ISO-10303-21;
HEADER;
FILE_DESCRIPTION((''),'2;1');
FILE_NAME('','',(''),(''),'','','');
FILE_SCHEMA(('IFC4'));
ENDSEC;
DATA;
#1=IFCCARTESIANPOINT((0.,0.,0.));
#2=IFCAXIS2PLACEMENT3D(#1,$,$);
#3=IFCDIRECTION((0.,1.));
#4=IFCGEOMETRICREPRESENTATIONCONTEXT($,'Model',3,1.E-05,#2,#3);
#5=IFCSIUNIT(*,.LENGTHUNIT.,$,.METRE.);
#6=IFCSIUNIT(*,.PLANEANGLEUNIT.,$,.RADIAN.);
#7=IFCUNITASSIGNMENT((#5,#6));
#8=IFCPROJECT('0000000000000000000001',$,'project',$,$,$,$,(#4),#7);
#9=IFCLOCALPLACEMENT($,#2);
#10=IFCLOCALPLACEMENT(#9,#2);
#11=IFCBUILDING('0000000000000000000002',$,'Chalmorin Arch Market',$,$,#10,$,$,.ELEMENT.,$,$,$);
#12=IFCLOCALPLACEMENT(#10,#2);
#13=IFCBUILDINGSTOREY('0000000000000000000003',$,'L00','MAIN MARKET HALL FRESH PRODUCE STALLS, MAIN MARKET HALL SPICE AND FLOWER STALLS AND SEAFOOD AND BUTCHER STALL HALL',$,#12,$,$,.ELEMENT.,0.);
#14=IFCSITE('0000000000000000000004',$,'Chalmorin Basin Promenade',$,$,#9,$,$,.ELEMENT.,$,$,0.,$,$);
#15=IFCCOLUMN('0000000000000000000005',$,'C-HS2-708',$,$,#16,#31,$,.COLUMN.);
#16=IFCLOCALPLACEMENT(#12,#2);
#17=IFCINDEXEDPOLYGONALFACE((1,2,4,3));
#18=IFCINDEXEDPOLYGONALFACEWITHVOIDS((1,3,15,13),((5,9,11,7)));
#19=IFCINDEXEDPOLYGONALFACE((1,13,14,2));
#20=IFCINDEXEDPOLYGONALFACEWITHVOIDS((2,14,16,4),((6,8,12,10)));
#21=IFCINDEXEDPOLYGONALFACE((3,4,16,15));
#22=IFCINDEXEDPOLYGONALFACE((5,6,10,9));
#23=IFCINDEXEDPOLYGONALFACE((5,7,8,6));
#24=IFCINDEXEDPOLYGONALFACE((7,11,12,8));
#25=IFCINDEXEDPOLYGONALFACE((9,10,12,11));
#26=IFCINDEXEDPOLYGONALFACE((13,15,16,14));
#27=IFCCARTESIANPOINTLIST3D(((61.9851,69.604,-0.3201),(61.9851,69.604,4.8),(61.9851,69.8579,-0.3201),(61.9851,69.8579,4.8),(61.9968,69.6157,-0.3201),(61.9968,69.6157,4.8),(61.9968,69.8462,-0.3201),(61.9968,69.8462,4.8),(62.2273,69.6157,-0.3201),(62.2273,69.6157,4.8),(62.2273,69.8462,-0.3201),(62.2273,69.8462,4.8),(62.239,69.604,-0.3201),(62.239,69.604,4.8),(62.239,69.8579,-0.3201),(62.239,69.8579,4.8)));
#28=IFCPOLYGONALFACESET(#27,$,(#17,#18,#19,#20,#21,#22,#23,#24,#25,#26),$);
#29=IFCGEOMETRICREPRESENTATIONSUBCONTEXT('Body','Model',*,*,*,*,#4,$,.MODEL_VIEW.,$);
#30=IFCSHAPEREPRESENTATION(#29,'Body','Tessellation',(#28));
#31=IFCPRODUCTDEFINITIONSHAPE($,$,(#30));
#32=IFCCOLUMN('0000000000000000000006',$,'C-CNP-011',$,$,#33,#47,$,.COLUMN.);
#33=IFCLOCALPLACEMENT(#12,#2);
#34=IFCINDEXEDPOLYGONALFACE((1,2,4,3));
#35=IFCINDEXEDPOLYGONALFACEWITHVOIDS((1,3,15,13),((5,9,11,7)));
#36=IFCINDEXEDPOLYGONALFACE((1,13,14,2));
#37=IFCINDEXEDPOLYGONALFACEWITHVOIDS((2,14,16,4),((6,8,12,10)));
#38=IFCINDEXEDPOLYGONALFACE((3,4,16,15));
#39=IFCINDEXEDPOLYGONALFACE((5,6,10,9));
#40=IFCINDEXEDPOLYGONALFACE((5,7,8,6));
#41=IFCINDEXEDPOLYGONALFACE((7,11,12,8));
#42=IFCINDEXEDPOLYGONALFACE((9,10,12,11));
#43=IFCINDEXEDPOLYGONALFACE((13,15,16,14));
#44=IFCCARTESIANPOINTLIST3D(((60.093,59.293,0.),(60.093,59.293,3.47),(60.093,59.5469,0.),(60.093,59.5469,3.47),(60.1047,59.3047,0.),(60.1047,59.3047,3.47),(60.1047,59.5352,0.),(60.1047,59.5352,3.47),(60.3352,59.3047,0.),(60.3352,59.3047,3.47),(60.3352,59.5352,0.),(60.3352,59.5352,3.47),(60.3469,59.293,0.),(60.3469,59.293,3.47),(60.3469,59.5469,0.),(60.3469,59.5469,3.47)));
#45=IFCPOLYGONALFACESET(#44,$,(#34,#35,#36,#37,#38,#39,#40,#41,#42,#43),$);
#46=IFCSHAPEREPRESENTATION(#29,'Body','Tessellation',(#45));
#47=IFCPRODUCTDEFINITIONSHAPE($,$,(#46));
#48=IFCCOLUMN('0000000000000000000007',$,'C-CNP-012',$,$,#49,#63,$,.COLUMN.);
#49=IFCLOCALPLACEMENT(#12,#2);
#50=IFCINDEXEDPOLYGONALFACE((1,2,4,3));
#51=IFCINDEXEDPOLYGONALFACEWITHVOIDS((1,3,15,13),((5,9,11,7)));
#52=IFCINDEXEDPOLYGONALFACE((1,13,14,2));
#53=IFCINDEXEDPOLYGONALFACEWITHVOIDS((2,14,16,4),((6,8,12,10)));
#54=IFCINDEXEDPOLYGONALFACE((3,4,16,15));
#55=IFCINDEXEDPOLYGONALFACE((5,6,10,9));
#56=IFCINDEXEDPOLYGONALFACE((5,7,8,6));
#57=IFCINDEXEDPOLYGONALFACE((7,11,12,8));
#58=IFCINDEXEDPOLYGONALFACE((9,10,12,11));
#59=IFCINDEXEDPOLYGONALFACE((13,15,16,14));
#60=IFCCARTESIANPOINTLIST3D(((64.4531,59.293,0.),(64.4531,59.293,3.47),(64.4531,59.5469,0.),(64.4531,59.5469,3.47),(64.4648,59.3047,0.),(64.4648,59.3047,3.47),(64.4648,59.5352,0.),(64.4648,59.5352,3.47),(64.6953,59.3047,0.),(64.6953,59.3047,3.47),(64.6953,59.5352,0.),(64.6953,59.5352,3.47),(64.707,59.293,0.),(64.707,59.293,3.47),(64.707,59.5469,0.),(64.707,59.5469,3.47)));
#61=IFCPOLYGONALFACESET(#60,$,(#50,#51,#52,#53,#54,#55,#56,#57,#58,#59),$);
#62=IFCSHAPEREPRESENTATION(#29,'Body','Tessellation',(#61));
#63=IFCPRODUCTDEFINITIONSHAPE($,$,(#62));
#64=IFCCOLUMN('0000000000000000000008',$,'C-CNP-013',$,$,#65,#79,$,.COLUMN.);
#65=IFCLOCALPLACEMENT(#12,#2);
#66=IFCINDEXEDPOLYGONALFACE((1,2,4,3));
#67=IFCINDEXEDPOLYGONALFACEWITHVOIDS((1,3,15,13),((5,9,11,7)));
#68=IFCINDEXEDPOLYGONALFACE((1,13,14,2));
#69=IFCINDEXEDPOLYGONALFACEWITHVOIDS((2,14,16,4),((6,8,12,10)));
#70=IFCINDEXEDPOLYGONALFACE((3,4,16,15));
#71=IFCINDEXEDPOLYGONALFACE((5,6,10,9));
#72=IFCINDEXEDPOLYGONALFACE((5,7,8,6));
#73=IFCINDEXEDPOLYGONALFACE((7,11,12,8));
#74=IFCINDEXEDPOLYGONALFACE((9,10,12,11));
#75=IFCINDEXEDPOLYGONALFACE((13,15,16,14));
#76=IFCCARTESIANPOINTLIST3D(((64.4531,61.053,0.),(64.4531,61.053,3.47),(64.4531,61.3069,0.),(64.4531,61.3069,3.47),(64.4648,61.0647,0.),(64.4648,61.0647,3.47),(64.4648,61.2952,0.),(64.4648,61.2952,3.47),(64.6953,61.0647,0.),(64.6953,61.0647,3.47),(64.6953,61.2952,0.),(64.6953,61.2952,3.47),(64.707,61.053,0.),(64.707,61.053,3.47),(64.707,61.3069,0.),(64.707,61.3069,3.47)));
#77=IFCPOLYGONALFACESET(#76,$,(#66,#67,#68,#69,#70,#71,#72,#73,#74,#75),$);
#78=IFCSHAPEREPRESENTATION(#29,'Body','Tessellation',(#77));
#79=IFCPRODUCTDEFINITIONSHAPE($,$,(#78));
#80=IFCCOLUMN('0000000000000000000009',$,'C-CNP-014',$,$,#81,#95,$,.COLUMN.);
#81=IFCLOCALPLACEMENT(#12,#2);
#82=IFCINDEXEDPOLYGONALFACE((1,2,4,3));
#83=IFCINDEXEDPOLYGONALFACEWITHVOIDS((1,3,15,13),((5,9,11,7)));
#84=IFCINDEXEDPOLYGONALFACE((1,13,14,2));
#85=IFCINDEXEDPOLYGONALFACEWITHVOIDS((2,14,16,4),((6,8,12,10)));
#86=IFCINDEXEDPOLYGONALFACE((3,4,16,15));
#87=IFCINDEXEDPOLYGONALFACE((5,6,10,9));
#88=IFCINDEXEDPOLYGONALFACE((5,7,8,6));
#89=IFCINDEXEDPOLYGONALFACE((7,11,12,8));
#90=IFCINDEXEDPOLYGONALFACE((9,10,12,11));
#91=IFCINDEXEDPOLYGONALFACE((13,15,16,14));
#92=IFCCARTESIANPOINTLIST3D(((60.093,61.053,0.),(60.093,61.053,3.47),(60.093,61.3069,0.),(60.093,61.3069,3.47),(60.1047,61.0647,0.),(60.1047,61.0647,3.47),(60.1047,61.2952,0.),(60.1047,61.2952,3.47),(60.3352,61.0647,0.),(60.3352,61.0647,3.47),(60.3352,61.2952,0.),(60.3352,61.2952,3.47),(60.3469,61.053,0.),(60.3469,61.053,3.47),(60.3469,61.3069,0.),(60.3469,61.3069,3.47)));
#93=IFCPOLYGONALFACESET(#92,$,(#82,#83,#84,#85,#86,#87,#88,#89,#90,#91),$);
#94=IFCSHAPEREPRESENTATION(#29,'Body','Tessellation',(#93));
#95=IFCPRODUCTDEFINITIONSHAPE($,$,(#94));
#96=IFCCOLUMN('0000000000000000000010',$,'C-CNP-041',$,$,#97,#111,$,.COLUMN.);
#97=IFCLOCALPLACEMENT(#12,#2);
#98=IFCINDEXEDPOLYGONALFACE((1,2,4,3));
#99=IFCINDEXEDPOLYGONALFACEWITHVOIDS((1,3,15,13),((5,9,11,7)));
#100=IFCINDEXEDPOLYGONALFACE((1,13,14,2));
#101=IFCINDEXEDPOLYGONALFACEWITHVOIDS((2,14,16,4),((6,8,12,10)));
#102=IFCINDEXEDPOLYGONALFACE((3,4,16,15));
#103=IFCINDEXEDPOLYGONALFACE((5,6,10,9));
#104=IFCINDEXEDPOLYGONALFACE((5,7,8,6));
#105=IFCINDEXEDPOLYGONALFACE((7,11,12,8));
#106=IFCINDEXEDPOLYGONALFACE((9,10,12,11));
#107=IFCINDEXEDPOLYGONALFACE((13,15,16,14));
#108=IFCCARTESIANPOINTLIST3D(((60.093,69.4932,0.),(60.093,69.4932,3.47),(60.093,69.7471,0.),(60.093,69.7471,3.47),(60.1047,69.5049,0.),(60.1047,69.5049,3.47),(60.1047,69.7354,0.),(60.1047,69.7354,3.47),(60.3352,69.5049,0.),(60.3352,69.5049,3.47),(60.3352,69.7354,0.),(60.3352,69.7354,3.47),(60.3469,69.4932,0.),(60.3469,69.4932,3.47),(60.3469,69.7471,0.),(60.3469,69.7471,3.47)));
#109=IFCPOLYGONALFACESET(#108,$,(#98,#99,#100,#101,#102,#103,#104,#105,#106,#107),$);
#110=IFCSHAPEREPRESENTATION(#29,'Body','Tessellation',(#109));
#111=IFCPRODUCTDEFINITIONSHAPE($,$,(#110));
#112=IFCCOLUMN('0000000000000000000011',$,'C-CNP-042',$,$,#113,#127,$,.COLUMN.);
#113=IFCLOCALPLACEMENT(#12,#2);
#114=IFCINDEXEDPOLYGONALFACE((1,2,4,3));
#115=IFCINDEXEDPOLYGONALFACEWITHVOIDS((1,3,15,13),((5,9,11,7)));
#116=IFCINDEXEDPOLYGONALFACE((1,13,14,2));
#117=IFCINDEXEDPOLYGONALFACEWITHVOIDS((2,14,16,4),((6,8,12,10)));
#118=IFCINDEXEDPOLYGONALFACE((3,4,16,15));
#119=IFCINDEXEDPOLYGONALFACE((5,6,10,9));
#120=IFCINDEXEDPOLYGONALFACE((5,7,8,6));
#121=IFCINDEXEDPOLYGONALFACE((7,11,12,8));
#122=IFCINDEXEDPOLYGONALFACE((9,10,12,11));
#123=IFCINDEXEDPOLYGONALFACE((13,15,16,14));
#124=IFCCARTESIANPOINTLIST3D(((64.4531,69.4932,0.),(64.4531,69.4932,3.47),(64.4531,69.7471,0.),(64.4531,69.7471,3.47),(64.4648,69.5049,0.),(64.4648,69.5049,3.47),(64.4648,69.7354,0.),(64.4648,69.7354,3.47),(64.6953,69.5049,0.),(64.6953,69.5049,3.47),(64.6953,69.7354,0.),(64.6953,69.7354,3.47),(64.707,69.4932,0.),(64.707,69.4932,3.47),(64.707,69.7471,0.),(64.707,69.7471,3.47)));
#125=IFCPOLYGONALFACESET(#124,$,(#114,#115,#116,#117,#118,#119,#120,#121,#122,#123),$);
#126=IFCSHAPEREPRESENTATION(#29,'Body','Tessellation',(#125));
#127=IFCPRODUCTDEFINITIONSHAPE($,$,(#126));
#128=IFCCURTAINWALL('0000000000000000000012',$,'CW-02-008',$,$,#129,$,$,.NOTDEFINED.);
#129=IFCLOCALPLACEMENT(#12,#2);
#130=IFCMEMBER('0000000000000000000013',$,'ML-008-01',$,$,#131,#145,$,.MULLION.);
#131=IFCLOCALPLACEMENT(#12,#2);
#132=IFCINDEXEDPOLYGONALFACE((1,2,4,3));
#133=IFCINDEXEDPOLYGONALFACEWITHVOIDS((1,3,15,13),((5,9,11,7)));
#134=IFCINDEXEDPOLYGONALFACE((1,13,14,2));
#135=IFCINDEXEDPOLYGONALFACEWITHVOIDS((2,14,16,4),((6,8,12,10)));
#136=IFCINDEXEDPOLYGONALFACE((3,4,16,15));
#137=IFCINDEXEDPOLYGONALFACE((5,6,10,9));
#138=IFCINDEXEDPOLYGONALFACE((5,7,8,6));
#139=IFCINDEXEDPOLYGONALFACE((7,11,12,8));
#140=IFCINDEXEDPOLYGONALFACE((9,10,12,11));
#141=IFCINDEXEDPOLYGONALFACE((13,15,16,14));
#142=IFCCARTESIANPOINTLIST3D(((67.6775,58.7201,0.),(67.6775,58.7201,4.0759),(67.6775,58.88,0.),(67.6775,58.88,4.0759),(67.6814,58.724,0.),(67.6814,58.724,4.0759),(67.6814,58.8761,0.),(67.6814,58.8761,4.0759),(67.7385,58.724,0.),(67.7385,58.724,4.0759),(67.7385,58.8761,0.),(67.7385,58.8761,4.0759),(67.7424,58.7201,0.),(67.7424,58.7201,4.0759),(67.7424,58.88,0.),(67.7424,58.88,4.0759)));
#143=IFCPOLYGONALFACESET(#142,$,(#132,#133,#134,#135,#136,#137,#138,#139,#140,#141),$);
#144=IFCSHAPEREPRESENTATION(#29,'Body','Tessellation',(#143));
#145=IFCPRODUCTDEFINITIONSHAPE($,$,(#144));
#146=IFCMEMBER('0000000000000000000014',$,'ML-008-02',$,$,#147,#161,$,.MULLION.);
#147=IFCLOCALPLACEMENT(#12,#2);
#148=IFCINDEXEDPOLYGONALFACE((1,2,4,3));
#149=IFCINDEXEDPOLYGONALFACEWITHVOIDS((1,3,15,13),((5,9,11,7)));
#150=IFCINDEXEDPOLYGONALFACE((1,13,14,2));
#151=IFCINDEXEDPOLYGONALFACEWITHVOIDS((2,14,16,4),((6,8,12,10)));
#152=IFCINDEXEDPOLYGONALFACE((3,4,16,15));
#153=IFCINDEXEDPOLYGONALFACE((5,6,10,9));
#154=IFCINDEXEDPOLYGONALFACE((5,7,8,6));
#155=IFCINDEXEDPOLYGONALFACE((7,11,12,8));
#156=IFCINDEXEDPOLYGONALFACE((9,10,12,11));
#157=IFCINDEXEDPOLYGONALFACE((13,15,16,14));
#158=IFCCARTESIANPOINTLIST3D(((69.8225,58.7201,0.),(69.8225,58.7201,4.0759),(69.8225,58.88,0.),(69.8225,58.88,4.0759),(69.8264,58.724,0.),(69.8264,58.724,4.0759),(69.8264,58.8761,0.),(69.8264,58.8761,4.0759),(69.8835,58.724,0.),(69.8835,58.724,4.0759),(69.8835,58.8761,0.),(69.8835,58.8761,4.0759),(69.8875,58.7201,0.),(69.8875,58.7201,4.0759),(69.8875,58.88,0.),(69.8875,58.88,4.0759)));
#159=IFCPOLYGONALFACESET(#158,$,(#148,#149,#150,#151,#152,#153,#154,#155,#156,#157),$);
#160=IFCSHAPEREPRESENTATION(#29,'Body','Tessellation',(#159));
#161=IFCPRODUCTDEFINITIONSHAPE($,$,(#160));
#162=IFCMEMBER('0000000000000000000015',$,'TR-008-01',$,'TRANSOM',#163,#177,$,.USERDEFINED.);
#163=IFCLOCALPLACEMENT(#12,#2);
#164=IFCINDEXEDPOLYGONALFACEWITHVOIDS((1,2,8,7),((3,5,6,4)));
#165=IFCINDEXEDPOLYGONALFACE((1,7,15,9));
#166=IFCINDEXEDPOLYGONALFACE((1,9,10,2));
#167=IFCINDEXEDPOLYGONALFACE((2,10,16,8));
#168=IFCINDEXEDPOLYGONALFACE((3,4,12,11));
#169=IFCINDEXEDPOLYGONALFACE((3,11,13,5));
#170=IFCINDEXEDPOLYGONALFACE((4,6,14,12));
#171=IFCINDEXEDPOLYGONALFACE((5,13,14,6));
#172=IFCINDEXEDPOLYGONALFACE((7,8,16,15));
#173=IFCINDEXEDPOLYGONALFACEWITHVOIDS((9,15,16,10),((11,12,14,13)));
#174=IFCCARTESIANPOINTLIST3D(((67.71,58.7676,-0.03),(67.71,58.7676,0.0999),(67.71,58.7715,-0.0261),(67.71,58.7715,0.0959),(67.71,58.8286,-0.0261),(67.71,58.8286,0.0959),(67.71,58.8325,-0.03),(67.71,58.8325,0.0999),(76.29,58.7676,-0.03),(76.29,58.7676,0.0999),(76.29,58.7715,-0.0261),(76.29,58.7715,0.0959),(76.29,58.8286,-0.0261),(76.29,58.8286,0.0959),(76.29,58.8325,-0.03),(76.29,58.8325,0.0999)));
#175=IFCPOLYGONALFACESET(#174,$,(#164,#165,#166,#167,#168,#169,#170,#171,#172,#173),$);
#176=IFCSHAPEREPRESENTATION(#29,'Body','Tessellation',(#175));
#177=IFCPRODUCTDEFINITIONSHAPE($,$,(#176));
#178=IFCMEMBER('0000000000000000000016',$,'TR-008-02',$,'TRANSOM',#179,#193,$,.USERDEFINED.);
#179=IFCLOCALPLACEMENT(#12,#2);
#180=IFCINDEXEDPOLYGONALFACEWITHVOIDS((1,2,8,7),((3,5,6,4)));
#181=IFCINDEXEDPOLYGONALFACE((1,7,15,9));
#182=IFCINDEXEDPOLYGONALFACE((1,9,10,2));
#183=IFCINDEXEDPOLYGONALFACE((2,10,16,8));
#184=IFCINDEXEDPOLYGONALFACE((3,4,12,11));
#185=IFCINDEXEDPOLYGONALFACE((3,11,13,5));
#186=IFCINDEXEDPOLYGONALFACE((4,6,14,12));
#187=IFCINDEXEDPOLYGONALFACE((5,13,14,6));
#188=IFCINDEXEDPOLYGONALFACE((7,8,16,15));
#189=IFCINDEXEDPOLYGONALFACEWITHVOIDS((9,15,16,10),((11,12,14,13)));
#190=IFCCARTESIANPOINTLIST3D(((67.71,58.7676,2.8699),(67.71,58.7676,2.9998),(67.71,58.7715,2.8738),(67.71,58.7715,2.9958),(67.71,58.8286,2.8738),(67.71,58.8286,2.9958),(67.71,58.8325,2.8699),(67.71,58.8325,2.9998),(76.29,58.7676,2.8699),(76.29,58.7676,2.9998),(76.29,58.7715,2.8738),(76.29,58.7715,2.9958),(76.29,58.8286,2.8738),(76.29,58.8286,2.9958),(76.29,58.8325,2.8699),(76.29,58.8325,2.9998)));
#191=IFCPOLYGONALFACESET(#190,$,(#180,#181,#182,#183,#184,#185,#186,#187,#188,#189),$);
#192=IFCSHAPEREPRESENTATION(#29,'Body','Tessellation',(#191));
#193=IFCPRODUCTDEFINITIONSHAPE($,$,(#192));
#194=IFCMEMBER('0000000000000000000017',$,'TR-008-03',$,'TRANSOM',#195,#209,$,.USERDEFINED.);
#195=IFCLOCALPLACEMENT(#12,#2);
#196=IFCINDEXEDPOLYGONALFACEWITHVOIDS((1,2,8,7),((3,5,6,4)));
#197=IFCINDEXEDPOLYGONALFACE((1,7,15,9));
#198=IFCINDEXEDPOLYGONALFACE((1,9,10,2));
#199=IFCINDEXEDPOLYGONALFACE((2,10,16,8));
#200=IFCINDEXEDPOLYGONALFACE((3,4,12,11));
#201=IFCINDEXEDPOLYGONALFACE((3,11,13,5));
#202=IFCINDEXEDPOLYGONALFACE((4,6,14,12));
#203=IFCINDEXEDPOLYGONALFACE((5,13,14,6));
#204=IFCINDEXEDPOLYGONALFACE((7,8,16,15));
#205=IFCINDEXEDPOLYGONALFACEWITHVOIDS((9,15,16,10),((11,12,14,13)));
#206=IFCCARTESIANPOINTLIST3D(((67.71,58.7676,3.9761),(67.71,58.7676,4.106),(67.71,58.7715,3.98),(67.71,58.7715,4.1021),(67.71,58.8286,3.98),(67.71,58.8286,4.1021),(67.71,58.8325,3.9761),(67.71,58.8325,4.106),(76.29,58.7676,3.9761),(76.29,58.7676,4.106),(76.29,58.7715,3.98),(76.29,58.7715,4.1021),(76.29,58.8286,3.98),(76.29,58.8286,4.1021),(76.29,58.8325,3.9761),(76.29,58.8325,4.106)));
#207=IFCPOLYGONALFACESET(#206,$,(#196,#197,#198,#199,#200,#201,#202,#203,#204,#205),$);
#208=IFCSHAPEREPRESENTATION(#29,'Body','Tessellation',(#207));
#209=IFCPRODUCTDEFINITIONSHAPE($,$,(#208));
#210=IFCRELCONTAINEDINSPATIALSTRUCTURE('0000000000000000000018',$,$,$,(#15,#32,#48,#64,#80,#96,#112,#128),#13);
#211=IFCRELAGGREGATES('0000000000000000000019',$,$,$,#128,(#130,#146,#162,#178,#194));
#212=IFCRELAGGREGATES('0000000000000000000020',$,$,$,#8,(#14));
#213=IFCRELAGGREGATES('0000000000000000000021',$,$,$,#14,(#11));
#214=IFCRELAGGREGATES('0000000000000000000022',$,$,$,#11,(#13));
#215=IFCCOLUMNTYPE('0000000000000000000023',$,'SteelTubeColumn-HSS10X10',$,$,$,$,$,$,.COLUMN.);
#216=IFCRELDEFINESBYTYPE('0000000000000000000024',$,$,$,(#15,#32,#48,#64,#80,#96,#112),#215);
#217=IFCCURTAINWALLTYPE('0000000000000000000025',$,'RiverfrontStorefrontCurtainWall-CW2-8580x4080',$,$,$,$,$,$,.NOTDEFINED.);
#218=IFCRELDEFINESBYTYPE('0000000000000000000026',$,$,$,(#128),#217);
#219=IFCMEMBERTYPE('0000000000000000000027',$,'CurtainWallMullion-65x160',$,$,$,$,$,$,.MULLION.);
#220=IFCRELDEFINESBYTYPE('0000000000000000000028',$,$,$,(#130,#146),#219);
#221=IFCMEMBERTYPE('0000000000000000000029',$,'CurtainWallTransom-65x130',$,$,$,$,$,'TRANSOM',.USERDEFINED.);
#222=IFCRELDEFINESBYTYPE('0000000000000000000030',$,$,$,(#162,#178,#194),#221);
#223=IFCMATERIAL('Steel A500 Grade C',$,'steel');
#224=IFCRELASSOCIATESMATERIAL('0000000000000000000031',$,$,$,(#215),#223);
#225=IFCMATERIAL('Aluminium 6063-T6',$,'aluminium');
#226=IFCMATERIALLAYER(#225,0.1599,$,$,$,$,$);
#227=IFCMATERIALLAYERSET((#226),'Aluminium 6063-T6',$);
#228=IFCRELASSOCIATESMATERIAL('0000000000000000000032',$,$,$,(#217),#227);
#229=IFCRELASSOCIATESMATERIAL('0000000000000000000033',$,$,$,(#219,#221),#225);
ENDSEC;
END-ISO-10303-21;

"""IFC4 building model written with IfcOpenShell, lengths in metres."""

from ifc_helpers import new_model, si_unit, direction, frame, origin, origin_2d, place, context, subcontext, project, spatial, hollow_rectangle, extrude, material, layer, layer_set, material_profile, profile_set, type_object, element, aggregate, save


model = new_model("IFC4")

# Units and contexts
model_context = context("Model", 3, precision=1e-05, world=origin(), true_north=direction((0.0, 1.0)))
body_context = subcontext(model_context, "Body", "Model", "MODEL_VIEW")
ifc_project = project(units=[si_unit("LENGTHUNIT", "METRE"), si_unit("PLANEANGLEUNIT", "RADIAN")], contexts=[model_context])

# Site, building, storey
site_placement = place(None, origin())
site = spatial("IfcSite", under=ifc_project, at=site_placement, Name="Chalmorin Basin Promenade", CompositionType="ELEMENT", RefElevation=0.0)
building_placement = place(site_placement, origin())
building = spatial("IfcBuilding", under=site, at=building_placement, Name="Chalmorin Arch Market", CompositionType="ELEMENT")
storey_placement = place(building_placement, origin())
storey = spatial("IfcBuildingStorey", under=building, at=storey_placement, Name="L00", Description="MAIN MARKET HALL FRESH PRODUCE STALLS, MAIN MARKET HALL SPICE AND FLOWER STALLS AND SEAFOOD AND BUTCHER STALL HALL", CompositionType="ELEMENT", Elevation=0.0)

# Columns
ifc_material_1 = material(Name="Steel A500 Grade C", Category="steel")
ifc_material_profile_1 = material_profile(ifc_material_1, hollow_rectangle(XDim=0.2539, YDim=0.2539, WallThickness=0.0117, at=origin_2d()), Name="HSS10X10X1/2")
ifc_profile_set_1 = profile_set([ifc_material_profile_1], Name="Steel A500 Grade C")
column_type = type_object("IfcColumnType", Name="SteelTubeColumn-HSS10X10", PredefinedType="COLUMN", material=ifc_profile_set_1)
column_placement = place(storey_placement, frame((62.1121, 69.731, -0.3201), z_axis=(0.0, 0.0, 1.0), x_axis=(1.0, 0.0, 0.0)))
element("IfcColumn", 1, at=column_placement, inside=storey, type_object=column_type, Name="C-HS2-708", PredefinedType="COLUMN", context=body_context, shape_type="SweptSolid", body=[
    extrude(hollow_rectangle(XDim=0.2539, YDim=0.2539, WallThickness=0.0117, at=origin_2d()), origin(), (0.0, 0.0, 1.0), 5.1201),
])
for number, where, z_axis, x_axis, name in (
    (2, (60.22, 59.4199, 0.0), (0.0, 0.0, 1.0), (1.0, 0.0, 0.0), "C-CNP-011"),
    (3, (64.5801, 59.4199, 0.0), (0.0, 0.0, 1.0), (1.0, 0.0, 0.0), "C-CNP-012"),
    (4, (64.5801, 61.1799, 0.0), (0.0, 0.0, 1.0), (1.0, 0.0, 0.0), "C-CNP-013"),
    (5, (60.22, 61.1799, 0.0), (0.0, 0.0, 1.0), (1.0, 0.0, 0.0), "C-CNP-014"),
    (6, (60.22, 69.6201, 0.0), (0.0, 0.0, 1.0), (1.0, 0.0, 0.0), "C-CNP-041"),
    (7, (64.5801, 69.6201, 0.0), (0.0, 0.0, 1.0), (1.0, 0.0, 0.0), "C-CNP-042"),
):
    element("IfcColumn", number, at=place(storey_placement, frame(where, z_axis=z_axis, x_axis=x_axis)), inside=storey, type_object=column_type, Name=name, PredefinedType="COLUMN", context=body_context, shape_type="SweptSolid", body=[
        extrude(hollow_rectangle(XDim=0.2539, YDim=0.2539, WallThickness=0.0117, at=origin_2d()), origin(), (0.0, 0.0, 1.0), 3.47),
    ])

# Curtain wall, members
ifc_material_2 = material(Name="Aluminium 6063-T6", Category="aluminium")
ifc_layer_1 = layer(ifc_material_2, 0.1599)
ifc_layer_set_1 = layer_set([ifc_layer_1], Name="Aluminium 6063-T6")
curtain_wall_type = type_object("IfcCurtainWallType", Name="RiverfrontStorefrontCurtainWall-CW2-8580x4080", PredefinedType="NOTDEFINED", material=ifc_layer_set_1)
curtain_wall_placement = place(storey_placement, origin())
curtain_wall = element("IfcCurtainWall", 8, at=curtain_wall_placement, inside=storey, type_object=curtain_wall_type, Name="CW-02-008", PredefinedType="NOTDEFINED")
ifc_material_profile_2 = material_profile(ifc_material_2, hollow_rectangle(XDim=0.0649, YDim=0.1599, WallThickness=0.0039, at=origin_2d()), Name="ALU65X160X4")
ifc_profile_set_2 = profile_set([ifc_material_profile_2], Name="Aluminium 6063-T6")
member_type_1 = type_object("IfcMemberType", Name="CurtainWallMullion-65x160", PredefinedType="MULLION", material=ifc_profile_set_2)
member_1_placement = place(storey_placement, frame((67.71, 58.8, 0.0), z_axis=(0.0, 0.0, 1.0), x_axis=(1.0, 0.0, 0.0)))
member_1 = element("IfcMember", 9, at=member_1_placement, type_object=member_type_1, Name="ML-008-01", PredefinedType="MULLION", context=body_context, shape_type="SweptSolid", body=[
    extrude(hollow_rectangle(XDim=0.0649, YDim=0.1599, WallThickness=0.0039, at=origin_2d()), origin(), (0.0, 0.0, 1.0), 4.0759),
])
member_2_placement = place(storey_placement, frame((69.855, 58.8, 0.0), z_axis=(0.0, 0.0, 1.0), x_axis=(1.0, 0.0, 0.0)))
member_2 = element("IfcMember", 10, at=member_2_placement, type_object=member_type_1, Name="ML-008-02", PredefinedType="MULLION", context=body_context, shape_type="SweptSolid", body=[
    extrude(hollow_rectangle(XDim=0.0649, YDim=0.1599, WallThickness=0.0039, at=origin_2d()), origin(), (0.0, 0.0, 1.0), 4.0759),
])
ifc_material_profile_3 = material_profile(ifc_material_2, hollow_rectangle(XDim=0.0649, YDim=0.1299, WallThickness=0.0039, at=origin_2d()), Name="ALU65X130X4")
ifc_profile_set_3 = profile_set([ifc_material_profile_3], Name="Aluminium 6063-T6")
member_type_2 = type_object("IfcMemberType", Name="CurtainWallTransom-65x130", ElementType="TRANSOM", PredefinedType="USERDEFINED", material=ifc_profile_set_3)
member_3_placement = place(storey_placement, frame((67.71, 58.8, 0.0349), z_axis=(1.0, 0.0, 0.0), x_axis=(0.0, 1.0, 0.0)))
member_3 = element("IfcMember", 11, at=member_3_placement, type_object=member_type_2, Name="TR-008-01", ObjectType="TRANSOM", PredefinedType="USERDEFINED", context=body_context, shape_type="SweptSolid", body=[
    extrude(hollow_rectangle(XDim=0.0649, YDim=0.1299, WallThickness=0.0039, at=origin_2d()), origin(), (0.0, 0.0, 1.0), 8.5801),
])
member_4_placement = place(storey_placement, frame((67.71, 58.8, 2.9348), z_axis=(1.0, 0.0, 0.0), x_axis=(0.0, 1.0, 0.0)))
member_4 = element("IfcMember", 12, at=member_4_placement, type_object=member_type_2, Name="TR-008-02", ObjectType="TRANSOM", PredefinedType="USERDEFINED", context=body_context, shape_type="SweptSolid", body=[
    extrude(hollow_rectangle(XDim=0.0649, YDim=0.1299, WallThickness=0.0039, at=origin_2d()), origin(), (0.0, 0.0, 1.0), 8.5801),
])
member_5_placement = place(storey_placement, frame((67.71, 58.8, 4.041), z_axis=(1.0, 0.0, 0.0), x_axis=(0.0, 1.0, 0.0)))
member_5 = element("IfcMember", 13, at=member_5_placement, type_object=member_type_2, Name="TR-008-03", ObjectType="TRANSOM", PredefinedType="USERDEFINED", context=body_context, shape_type="SweptSolid", body=[
    extrude(hollow_rectangle(XDim=0.0649, YDim=0.1299, WallThickness=0.0039, at=origin_2d()), origin(), (0.0, 0.0, 1.0), 8.5801),
])

aggregate(curtain_wall, [member_1, member_2, member_3, member_4, member_5])

save(model, "model.ifc")
